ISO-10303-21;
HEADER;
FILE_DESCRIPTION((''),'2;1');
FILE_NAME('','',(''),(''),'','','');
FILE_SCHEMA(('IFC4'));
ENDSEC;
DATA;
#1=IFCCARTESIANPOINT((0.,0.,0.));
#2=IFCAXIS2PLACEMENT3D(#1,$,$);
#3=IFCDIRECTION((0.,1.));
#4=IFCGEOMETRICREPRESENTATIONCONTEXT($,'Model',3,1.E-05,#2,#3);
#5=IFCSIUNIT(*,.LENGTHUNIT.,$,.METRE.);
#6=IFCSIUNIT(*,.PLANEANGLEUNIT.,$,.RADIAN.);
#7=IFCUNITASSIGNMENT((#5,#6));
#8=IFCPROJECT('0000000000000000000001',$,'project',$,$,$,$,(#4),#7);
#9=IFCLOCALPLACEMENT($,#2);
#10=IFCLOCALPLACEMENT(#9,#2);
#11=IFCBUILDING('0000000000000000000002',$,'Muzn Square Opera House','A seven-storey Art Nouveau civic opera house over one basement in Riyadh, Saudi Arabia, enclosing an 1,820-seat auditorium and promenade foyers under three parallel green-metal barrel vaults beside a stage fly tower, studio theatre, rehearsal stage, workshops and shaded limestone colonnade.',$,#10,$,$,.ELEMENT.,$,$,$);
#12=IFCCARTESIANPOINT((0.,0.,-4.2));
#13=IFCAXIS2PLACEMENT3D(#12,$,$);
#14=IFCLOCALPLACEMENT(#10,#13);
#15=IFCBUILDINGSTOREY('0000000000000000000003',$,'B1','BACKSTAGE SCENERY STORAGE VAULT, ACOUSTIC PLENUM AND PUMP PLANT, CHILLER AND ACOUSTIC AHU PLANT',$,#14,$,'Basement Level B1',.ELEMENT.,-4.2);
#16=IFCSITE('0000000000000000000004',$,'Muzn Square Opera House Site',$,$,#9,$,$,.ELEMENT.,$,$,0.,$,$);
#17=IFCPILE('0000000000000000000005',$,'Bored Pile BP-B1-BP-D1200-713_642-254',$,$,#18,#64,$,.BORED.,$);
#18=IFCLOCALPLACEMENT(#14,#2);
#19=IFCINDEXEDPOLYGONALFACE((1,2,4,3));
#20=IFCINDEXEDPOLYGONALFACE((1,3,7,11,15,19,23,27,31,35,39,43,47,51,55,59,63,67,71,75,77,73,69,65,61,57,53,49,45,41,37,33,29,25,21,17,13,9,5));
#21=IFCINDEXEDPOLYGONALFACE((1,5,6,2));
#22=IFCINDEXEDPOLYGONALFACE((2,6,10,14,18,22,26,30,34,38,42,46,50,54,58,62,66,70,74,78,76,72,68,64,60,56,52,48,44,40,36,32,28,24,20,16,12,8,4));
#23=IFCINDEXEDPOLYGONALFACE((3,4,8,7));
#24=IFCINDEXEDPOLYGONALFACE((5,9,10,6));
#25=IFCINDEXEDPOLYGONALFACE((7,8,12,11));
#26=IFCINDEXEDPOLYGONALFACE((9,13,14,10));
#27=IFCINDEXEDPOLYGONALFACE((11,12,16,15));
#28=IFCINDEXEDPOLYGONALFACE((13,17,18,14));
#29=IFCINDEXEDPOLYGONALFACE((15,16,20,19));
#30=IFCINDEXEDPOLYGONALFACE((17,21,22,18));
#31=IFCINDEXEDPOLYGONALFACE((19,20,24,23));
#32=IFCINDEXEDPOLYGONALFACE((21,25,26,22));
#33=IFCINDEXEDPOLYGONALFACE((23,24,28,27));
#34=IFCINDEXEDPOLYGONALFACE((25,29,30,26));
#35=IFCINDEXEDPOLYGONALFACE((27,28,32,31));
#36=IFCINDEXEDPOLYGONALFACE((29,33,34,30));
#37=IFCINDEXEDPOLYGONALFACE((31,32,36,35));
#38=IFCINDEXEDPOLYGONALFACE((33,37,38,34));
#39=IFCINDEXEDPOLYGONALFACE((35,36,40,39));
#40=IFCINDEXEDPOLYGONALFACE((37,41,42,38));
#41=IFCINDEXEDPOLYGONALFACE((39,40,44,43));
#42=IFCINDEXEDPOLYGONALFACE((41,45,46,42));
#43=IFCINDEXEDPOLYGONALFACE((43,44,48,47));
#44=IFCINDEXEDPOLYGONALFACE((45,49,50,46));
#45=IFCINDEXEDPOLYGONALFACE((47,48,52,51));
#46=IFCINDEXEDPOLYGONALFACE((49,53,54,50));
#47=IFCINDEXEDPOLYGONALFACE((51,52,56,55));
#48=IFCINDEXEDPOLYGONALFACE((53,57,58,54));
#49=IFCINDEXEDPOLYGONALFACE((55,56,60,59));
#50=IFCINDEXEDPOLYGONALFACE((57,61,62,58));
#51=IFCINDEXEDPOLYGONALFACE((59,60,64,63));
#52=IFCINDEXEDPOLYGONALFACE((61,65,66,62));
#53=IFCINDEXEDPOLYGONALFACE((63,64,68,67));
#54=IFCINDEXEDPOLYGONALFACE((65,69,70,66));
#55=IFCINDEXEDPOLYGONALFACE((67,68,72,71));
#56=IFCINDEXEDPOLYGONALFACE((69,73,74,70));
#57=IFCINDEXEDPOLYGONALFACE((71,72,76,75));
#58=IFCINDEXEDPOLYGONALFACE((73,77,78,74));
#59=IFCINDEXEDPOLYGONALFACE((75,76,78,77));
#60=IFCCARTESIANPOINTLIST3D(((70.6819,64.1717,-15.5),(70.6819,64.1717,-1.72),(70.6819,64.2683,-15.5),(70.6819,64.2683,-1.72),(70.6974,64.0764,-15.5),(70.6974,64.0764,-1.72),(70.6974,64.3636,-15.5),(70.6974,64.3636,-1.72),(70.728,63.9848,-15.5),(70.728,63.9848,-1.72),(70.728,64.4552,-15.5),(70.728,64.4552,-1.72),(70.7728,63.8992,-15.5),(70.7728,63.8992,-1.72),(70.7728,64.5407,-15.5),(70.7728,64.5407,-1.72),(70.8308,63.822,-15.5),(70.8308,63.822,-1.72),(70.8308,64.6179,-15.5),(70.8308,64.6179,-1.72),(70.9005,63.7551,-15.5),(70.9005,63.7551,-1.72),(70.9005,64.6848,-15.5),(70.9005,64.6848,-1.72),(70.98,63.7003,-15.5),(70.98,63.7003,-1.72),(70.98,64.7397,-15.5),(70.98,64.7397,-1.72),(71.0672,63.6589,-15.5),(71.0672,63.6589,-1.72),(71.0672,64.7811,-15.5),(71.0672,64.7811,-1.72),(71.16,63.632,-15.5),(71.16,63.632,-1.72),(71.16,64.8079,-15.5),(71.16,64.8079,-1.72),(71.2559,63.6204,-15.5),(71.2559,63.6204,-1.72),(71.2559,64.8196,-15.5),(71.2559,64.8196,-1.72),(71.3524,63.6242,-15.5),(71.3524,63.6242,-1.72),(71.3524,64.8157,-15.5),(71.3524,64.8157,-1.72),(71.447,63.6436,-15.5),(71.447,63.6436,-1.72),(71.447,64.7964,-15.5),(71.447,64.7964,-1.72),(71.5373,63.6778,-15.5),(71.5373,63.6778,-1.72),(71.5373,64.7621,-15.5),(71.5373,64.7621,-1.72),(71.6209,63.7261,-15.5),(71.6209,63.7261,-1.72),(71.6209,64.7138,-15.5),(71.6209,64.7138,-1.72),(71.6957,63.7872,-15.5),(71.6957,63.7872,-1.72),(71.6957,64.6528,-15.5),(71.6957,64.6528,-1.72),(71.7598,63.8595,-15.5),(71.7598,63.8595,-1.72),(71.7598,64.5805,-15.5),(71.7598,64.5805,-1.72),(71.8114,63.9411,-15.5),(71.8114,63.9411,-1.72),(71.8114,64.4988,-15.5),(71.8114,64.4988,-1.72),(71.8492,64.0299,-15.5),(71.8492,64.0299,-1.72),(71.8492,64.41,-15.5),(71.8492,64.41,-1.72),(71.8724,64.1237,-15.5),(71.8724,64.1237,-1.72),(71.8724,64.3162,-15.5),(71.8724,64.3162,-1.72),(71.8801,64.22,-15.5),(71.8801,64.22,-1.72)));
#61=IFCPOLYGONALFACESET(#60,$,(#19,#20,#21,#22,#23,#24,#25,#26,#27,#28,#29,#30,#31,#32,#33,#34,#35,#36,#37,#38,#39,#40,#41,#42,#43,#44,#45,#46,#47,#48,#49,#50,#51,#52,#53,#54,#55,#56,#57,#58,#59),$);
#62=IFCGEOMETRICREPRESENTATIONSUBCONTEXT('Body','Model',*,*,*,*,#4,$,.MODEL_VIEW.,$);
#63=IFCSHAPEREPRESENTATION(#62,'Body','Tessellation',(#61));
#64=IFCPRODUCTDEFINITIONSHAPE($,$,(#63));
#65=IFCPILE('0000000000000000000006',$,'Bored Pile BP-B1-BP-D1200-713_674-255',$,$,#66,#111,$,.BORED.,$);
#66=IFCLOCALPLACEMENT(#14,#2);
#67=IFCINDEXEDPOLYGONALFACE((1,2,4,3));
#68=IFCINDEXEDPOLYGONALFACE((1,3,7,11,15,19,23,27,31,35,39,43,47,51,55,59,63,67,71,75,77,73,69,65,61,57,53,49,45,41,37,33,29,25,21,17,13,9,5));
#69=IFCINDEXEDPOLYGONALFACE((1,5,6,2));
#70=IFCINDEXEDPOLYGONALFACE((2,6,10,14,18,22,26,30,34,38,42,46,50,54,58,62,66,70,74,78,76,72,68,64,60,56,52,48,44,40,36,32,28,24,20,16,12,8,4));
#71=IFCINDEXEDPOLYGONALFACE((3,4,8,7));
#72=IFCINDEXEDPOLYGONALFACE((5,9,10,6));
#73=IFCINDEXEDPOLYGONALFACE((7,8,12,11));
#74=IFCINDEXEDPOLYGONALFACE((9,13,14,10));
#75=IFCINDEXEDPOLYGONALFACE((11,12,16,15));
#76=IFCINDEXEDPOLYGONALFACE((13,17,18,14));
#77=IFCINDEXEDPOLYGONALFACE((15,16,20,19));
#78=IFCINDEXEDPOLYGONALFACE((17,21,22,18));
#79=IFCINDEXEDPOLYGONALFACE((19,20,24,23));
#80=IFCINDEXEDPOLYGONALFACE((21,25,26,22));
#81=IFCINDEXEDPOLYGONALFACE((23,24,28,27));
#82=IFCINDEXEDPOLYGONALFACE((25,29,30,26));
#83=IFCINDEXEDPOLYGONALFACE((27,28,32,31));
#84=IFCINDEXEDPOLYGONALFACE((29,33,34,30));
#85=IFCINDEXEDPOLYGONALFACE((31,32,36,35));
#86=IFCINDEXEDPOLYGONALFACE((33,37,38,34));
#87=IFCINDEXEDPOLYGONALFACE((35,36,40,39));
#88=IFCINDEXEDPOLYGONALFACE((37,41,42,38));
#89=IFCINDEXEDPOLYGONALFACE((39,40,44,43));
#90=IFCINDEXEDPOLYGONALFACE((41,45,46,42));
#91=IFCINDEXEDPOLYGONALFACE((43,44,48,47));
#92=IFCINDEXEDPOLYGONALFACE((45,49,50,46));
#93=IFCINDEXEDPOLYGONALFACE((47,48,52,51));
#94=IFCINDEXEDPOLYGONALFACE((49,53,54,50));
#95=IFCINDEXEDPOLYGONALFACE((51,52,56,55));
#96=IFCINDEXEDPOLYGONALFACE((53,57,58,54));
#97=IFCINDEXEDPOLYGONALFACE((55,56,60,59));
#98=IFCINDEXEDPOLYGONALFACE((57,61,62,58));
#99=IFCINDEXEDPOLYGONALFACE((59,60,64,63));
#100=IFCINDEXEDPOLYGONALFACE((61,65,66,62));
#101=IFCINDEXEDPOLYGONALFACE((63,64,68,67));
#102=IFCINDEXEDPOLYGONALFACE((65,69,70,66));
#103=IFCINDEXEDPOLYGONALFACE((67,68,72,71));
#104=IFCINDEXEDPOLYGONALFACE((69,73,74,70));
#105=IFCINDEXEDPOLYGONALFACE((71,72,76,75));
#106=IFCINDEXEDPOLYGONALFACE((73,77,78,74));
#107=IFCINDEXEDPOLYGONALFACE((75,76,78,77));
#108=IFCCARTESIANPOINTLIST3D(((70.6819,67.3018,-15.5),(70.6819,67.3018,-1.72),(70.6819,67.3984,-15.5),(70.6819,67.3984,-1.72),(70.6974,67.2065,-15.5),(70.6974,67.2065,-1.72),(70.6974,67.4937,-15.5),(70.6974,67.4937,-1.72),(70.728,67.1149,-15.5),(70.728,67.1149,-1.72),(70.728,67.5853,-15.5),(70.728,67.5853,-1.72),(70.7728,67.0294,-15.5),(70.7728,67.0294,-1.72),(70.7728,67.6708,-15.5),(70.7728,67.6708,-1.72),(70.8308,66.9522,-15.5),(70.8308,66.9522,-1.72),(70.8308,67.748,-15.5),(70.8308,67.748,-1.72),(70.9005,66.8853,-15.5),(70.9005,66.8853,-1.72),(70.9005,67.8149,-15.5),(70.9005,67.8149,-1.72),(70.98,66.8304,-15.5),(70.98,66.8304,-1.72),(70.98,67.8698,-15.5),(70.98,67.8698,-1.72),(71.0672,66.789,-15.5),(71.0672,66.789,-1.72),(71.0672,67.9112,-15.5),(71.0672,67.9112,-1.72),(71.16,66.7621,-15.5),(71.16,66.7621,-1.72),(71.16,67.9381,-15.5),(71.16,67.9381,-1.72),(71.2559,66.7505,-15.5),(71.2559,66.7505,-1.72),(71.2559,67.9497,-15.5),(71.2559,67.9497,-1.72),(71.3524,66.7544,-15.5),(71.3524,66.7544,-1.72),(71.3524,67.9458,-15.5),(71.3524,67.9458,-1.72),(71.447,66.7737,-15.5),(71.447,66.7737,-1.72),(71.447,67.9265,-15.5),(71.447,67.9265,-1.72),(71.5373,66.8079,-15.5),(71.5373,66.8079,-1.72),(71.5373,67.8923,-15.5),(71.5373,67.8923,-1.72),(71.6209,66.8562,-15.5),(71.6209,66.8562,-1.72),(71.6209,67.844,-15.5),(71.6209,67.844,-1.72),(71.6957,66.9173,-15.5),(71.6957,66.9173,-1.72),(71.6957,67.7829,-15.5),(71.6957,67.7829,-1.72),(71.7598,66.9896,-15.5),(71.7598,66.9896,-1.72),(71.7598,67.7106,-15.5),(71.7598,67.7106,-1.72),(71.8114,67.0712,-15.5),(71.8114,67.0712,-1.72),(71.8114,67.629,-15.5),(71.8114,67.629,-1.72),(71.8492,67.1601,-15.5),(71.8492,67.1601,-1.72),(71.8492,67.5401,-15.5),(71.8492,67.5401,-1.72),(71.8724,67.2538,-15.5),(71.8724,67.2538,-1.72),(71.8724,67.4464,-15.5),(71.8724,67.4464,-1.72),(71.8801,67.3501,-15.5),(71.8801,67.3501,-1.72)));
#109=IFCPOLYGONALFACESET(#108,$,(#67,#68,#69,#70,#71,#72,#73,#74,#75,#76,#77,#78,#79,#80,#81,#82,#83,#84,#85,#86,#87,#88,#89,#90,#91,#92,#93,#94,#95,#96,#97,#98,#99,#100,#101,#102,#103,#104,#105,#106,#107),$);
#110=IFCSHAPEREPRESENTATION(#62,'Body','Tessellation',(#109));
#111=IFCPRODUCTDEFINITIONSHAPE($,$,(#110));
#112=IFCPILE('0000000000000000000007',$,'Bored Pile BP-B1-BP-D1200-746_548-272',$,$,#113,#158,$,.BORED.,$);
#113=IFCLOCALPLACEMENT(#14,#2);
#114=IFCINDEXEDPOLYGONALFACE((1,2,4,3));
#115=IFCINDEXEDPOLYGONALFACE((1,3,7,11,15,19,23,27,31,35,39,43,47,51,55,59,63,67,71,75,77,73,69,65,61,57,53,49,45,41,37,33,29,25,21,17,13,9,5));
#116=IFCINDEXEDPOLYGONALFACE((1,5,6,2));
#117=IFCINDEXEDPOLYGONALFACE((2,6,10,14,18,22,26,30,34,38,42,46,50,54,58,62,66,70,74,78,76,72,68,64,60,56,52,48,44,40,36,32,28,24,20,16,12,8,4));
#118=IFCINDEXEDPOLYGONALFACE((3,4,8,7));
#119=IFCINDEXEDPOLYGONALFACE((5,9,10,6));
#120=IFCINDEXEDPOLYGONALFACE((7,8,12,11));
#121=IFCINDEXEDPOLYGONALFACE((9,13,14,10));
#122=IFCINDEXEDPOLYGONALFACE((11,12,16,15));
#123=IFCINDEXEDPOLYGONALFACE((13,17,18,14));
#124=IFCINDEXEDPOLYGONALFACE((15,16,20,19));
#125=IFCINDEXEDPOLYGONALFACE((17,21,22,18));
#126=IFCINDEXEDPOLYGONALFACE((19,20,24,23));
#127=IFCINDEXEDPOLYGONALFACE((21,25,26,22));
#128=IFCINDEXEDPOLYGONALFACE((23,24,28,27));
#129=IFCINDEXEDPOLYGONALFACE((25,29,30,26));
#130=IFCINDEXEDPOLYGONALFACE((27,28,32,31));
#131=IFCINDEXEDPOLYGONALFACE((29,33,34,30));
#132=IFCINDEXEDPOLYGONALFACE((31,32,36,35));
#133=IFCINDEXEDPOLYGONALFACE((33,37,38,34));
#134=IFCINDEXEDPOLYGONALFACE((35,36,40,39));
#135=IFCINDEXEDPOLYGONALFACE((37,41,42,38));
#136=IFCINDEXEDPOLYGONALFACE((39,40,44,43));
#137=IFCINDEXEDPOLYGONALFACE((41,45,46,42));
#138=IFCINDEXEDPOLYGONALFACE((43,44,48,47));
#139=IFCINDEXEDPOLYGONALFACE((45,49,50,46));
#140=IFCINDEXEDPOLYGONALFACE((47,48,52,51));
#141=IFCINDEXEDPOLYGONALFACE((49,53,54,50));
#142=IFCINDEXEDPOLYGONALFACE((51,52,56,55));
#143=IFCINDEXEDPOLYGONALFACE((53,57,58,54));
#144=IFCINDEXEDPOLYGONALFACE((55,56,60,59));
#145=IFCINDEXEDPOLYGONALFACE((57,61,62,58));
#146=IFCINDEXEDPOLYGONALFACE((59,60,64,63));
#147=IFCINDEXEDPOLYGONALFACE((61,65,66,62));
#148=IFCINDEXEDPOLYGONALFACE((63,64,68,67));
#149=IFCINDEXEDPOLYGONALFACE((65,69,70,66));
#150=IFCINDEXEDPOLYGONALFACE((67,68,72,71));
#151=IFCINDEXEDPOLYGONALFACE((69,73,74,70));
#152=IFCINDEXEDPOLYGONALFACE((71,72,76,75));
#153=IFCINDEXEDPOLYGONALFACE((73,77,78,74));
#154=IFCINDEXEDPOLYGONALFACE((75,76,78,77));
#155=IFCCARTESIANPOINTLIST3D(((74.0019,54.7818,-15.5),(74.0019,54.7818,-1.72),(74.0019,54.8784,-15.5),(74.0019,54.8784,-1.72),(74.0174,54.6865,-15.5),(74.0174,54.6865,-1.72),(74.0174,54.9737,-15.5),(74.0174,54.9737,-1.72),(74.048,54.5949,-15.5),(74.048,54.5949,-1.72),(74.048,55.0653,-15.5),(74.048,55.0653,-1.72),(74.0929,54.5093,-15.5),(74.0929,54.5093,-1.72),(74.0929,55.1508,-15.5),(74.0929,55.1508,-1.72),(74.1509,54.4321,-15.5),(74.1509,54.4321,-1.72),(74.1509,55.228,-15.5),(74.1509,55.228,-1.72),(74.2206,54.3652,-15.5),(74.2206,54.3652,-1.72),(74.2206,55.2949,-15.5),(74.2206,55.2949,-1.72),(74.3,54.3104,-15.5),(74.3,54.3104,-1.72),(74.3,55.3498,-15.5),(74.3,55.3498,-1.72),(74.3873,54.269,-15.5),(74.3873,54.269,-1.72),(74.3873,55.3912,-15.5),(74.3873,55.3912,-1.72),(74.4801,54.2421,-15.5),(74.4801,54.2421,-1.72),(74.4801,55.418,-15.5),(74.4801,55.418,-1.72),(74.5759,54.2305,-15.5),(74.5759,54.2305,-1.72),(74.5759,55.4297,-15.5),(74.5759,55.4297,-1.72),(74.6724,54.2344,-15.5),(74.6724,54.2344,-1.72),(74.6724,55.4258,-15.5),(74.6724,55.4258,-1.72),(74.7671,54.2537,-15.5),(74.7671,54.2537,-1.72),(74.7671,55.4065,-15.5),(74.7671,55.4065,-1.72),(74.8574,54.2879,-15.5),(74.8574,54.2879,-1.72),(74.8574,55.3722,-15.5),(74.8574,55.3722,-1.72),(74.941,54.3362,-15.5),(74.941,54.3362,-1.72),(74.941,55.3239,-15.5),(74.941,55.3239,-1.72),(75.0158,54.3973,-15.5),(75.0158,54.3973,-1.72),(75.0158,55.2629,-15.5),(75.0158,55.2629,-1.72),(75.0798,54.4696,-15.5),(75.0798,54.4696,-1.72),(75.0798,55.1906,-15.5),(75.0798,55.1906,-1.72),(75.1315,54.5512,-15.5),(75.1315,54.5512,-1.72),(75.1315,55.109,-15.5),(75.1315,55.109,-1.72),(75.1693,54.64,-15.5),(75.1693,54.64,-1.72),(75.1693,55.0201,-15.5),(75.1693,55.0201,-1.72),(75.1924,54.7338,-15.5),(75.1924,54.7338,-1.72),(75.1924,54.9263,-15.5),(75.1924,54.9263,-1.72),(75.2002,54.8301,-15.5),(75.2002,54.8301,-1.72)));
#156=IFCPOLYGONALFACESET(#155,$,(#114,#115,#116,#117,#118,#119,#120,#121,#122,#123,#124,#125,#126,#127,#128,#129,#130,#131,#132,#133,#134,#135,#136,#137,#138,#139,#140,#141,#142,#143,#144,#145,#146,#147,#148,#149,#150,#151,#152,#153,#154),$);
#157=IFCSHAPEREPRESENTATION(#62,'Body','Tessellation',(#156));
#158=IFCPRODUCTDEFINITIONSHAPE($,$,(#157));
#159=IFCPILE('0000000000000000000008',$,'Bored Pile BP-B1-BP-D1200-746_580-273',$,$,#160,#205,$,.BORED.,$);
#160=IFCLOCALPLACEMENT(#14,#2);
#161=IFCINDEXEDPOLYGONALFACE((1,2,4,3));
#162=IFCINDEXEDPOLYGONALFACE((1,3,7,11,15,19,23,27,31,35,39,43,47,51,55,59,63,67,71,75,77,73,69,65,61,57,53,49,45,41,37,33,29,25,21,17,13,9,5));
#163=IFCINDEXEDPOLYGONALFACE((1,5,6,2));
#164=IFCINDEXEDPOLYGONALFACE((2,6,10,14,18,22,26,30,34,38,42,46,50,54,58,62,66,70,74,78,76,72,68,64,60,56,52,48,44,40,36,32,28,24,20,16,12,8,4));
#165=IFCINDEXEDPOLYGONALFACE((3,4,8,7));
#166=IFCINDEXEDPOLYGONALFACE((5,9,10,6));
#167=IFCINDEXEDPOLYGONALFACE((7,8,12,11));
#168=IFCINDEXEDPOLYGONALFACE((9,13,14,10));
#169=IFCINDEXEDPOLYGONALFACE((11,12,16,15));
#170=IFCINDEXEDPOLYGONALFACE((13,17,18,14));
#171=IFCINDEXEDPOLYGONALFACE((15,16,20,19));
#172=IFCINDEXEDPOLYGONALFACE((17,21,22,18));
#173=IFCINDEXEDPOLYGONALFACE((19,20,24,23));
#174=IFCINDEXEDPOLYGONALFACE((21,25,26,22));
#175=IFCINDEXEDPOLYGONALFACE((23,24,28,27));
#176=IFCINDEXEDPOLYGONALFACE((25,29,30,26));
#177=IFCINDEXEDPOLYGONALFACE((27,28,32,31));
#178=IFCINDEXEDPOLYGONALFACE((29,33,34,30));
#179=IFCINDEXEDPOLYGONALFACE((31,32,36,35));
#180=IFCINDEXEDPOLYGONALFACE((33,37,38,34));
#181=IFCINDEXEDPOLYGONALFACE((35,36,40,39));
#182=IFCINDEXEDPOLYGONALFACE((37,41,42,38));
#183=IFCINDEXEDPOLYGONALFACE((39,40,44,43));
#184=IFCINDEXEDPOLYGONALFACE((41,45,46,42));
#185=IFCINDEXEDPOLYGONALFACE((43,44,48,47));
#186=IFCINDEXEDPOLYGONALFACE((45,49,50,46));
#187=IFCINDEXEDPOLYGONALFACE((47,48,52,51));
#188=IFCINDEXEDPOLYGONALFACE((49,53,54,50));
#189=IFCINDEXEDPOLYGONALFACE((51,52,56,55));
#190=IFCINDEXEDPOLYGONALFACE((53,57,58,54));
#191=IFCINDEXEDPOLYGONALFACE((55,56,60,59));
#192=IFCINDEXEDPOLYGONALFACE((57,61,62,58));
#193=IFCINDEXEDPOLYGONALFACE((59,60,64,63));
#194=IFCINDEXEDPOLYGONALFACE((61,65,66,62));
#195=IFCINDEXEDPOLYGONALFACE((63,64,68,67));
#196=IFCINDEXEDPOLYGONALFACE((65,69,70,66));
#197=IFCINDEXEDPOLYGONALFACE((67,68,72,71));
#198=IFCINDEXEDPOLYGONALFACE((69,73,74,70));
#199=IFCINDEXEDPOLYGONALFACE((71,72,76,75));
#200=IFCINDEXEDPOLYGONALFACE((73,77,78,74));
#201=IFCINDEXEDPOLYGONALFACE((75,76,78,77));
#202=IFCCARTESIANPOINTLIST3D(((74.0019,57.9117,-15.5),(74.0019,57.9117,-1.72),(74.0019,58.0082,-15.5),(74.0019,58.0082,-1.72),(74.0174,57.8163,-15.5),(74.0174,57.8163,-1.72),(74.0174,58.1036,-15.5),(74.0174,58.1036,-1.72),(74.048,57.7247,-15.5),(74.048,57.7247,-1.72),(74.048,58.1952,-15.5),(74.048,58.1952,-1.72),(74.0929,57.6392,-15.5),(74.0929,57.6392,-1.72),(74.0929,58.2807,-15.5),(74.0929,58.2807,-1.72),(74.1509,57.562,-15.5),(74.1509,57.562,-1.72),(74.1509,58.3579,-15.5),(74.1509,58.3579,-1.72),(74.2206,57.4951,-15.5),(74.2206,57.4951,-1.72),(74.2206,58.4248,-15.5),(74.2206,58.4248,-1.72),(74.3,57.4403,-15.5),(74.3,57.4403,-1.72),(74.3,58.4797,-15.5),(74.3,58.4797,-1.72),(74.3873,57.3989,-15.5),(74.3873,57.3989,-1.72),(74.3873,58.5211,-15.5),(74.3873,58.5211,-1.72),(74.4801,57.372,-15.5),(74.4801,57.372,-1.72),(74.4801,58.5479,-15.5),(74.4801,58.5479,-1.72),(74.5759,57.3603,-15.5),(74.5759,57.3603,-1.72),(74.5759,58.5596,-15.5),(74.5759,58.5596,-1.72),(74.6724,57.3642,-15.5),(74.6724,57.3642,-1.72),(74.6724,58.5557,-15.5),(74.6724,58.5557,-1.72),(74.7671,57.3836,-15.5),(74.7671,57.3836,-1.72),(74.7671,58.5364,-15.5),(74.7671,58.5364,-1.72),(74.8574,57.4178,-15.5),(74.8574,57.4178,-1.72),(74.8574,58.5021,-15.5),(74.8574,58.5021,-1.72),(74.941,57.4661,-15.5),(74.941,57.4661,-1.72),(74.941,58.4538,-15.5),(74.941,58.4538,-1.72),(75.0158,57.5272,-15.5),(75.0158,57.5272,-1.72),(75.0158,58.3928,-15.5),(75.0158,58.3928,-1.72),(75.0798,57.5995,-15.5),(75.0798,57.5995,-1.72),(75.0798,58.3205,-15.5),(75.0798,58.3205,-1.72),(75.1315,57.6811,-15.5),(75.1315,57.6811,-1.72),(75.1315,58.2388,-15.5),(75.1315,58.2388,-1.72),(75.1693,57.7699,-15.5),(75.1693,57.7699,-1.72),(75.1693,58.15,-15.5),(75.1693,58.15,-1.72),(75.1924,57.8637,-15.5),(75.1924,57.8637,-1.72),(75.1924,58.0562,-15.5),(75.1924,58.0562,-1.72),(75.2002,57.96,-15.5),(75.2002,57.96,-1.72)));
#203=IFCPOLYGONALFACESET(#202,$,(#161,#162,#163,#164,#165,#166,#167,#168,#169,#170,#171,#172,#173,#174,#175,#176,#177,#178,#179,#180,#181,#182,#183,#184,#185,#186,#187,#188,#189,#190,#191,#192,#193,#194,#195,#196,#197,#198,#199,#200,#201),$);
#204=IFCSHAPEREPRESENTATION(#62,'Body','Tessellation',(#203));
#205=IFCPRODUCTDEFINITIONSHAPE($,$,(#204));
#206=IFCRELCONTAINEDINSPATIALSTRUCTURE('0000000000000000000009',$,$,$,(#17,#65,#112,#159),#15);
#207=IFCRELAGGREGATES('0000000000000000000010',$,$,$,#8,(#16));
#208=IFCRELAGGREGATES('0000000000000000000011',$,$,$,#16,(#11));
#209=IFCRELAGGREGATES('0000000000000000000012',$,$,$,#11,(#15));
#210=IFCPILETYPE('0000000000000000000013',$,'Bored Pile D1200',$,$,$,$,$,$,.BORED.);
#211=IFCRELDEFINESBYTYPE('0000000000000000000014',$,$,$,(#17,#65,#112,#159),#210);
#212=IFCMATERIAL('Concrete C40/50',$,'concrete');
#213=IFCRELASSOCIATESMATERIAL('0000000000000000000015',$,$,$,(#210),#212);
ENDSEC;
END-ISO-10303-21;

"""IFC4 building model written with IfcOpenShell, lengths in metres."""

from ifc_helpers import new_model, si_unit, direction, frame, origin, origin_2d, place, context, subcontext, project, spatial, circle, extrude, material, material_profile, profile_set, type_object, element, save


model = new_model("IFC4")

# Units and contexts
model_context = context("Model", 3, precision=1e-05, world=origin(), true_north=direction((0.0, 1.0)))
body_context = subcontext(model_context, "Body", "Model", "MODEL_VIEW")
ifc_project = project(units=[si_unit("LENGTHUNIT", "METRE"), si_unit("PLANEANGLEUNIT", "RADIAN")], contexts=[model_context])

# Site, building, storey
site_placement = place(None, origin())
site = spatial("IfcSite", under=ifc_project, at=site_placement, Name="Muzn Square Opera House Site", CompositionType="ELEMENT", RefElevation=0.0)
building_placement = place(site_placement, origin())
building = spatial("IfcBuilding", under=site, at=building_placement, Name="Muzn Square Opera House", Description="A seven-storey Art Nouveau civic opera house over one basement in Riyadh, Saudi Arabia, enclosing an 1,820-seat auditorium and promenade foyers under three parallel green-metal barrel vaults beside a stage fly tower, studio theatre, rehearsal stage, workshops and shaded limestone colonnade.", CompositionType="ELEMENT")
storey_placement = place(building_placement, frame((0.0, 0.0, -4.2)))
storey = spatial("IfcBuildingStorey", under=building, at=storey_placement, Name="B1", Description="BACKSTAGE SCENERY STORAGE VAULT, ACOUSTIC PLENUM AND PUMP PLANT, CHILLER AND ACOUSTIC AHU PLANT", LongName="Basement Level B1", CompositionType="ELEMENT", Elevation=-4.2)

# Piles
ifc_material_1 = material(Name="Concrete C40/50", Category="concrete")
ifc_material_profile_1 = material_profile(ifc_material_1, circle(Radius=0.6001, at=origin_2d()), Name="BORED PILE D1200", Category="concrete")
ifc_profile_set_1 = profile_set([ifc_material_profile_1], Name="Concrete C40/50")
pile_type = type_object("IfcPileType", Name="Bored Pile D1200", PredefinedType="BORED", material=ifc_profile_set_1)
for number, where, z_axis, x_axis, name in (
    (1, (71.28, 64.22, -1.72), (0.0, 0.0, -1.0), (1.0, 0.0, 0.0), "Bored Pile BP-B1-BP-D1200-713_642-254"),
    (2, (71.28, 67.3501, -1.72), (0.0, 0.0, -1.0), (1.0, 0.0, 0.0), "Bored Pile BP-B1-BP-D1200-713_674-255"),
    (3, (74.6001, 54.8301, -1.72), (0.0, 0.0, -1.0), (1.0, 0.0, 0.0), "Bored Pile BP-B1-BP-D1200-746_548-272"),
    (4, (74.6001, 57.96, -1.72), (0.0, 0.0, -1.0), (1.0, 0.0, 0.0), "Bored Pile BP-B1-BP-D1200-746_580-273"),
):
    element("IfcPile", number, at=place(storey_placement, frame(where, z_axis=z_axis, x_axis=x_axis)), inside=storey, type_object=pile_type, Name=name, PredefinedType="BORED", context=body_context, shape_type="SweptSolid", body=[
        extrude(circle(Radius=0.6001, at=origin_2d()), origin(), (0.0, 0.0, 1.0), 13.78),
    ])

save(model, "model.ifc")
